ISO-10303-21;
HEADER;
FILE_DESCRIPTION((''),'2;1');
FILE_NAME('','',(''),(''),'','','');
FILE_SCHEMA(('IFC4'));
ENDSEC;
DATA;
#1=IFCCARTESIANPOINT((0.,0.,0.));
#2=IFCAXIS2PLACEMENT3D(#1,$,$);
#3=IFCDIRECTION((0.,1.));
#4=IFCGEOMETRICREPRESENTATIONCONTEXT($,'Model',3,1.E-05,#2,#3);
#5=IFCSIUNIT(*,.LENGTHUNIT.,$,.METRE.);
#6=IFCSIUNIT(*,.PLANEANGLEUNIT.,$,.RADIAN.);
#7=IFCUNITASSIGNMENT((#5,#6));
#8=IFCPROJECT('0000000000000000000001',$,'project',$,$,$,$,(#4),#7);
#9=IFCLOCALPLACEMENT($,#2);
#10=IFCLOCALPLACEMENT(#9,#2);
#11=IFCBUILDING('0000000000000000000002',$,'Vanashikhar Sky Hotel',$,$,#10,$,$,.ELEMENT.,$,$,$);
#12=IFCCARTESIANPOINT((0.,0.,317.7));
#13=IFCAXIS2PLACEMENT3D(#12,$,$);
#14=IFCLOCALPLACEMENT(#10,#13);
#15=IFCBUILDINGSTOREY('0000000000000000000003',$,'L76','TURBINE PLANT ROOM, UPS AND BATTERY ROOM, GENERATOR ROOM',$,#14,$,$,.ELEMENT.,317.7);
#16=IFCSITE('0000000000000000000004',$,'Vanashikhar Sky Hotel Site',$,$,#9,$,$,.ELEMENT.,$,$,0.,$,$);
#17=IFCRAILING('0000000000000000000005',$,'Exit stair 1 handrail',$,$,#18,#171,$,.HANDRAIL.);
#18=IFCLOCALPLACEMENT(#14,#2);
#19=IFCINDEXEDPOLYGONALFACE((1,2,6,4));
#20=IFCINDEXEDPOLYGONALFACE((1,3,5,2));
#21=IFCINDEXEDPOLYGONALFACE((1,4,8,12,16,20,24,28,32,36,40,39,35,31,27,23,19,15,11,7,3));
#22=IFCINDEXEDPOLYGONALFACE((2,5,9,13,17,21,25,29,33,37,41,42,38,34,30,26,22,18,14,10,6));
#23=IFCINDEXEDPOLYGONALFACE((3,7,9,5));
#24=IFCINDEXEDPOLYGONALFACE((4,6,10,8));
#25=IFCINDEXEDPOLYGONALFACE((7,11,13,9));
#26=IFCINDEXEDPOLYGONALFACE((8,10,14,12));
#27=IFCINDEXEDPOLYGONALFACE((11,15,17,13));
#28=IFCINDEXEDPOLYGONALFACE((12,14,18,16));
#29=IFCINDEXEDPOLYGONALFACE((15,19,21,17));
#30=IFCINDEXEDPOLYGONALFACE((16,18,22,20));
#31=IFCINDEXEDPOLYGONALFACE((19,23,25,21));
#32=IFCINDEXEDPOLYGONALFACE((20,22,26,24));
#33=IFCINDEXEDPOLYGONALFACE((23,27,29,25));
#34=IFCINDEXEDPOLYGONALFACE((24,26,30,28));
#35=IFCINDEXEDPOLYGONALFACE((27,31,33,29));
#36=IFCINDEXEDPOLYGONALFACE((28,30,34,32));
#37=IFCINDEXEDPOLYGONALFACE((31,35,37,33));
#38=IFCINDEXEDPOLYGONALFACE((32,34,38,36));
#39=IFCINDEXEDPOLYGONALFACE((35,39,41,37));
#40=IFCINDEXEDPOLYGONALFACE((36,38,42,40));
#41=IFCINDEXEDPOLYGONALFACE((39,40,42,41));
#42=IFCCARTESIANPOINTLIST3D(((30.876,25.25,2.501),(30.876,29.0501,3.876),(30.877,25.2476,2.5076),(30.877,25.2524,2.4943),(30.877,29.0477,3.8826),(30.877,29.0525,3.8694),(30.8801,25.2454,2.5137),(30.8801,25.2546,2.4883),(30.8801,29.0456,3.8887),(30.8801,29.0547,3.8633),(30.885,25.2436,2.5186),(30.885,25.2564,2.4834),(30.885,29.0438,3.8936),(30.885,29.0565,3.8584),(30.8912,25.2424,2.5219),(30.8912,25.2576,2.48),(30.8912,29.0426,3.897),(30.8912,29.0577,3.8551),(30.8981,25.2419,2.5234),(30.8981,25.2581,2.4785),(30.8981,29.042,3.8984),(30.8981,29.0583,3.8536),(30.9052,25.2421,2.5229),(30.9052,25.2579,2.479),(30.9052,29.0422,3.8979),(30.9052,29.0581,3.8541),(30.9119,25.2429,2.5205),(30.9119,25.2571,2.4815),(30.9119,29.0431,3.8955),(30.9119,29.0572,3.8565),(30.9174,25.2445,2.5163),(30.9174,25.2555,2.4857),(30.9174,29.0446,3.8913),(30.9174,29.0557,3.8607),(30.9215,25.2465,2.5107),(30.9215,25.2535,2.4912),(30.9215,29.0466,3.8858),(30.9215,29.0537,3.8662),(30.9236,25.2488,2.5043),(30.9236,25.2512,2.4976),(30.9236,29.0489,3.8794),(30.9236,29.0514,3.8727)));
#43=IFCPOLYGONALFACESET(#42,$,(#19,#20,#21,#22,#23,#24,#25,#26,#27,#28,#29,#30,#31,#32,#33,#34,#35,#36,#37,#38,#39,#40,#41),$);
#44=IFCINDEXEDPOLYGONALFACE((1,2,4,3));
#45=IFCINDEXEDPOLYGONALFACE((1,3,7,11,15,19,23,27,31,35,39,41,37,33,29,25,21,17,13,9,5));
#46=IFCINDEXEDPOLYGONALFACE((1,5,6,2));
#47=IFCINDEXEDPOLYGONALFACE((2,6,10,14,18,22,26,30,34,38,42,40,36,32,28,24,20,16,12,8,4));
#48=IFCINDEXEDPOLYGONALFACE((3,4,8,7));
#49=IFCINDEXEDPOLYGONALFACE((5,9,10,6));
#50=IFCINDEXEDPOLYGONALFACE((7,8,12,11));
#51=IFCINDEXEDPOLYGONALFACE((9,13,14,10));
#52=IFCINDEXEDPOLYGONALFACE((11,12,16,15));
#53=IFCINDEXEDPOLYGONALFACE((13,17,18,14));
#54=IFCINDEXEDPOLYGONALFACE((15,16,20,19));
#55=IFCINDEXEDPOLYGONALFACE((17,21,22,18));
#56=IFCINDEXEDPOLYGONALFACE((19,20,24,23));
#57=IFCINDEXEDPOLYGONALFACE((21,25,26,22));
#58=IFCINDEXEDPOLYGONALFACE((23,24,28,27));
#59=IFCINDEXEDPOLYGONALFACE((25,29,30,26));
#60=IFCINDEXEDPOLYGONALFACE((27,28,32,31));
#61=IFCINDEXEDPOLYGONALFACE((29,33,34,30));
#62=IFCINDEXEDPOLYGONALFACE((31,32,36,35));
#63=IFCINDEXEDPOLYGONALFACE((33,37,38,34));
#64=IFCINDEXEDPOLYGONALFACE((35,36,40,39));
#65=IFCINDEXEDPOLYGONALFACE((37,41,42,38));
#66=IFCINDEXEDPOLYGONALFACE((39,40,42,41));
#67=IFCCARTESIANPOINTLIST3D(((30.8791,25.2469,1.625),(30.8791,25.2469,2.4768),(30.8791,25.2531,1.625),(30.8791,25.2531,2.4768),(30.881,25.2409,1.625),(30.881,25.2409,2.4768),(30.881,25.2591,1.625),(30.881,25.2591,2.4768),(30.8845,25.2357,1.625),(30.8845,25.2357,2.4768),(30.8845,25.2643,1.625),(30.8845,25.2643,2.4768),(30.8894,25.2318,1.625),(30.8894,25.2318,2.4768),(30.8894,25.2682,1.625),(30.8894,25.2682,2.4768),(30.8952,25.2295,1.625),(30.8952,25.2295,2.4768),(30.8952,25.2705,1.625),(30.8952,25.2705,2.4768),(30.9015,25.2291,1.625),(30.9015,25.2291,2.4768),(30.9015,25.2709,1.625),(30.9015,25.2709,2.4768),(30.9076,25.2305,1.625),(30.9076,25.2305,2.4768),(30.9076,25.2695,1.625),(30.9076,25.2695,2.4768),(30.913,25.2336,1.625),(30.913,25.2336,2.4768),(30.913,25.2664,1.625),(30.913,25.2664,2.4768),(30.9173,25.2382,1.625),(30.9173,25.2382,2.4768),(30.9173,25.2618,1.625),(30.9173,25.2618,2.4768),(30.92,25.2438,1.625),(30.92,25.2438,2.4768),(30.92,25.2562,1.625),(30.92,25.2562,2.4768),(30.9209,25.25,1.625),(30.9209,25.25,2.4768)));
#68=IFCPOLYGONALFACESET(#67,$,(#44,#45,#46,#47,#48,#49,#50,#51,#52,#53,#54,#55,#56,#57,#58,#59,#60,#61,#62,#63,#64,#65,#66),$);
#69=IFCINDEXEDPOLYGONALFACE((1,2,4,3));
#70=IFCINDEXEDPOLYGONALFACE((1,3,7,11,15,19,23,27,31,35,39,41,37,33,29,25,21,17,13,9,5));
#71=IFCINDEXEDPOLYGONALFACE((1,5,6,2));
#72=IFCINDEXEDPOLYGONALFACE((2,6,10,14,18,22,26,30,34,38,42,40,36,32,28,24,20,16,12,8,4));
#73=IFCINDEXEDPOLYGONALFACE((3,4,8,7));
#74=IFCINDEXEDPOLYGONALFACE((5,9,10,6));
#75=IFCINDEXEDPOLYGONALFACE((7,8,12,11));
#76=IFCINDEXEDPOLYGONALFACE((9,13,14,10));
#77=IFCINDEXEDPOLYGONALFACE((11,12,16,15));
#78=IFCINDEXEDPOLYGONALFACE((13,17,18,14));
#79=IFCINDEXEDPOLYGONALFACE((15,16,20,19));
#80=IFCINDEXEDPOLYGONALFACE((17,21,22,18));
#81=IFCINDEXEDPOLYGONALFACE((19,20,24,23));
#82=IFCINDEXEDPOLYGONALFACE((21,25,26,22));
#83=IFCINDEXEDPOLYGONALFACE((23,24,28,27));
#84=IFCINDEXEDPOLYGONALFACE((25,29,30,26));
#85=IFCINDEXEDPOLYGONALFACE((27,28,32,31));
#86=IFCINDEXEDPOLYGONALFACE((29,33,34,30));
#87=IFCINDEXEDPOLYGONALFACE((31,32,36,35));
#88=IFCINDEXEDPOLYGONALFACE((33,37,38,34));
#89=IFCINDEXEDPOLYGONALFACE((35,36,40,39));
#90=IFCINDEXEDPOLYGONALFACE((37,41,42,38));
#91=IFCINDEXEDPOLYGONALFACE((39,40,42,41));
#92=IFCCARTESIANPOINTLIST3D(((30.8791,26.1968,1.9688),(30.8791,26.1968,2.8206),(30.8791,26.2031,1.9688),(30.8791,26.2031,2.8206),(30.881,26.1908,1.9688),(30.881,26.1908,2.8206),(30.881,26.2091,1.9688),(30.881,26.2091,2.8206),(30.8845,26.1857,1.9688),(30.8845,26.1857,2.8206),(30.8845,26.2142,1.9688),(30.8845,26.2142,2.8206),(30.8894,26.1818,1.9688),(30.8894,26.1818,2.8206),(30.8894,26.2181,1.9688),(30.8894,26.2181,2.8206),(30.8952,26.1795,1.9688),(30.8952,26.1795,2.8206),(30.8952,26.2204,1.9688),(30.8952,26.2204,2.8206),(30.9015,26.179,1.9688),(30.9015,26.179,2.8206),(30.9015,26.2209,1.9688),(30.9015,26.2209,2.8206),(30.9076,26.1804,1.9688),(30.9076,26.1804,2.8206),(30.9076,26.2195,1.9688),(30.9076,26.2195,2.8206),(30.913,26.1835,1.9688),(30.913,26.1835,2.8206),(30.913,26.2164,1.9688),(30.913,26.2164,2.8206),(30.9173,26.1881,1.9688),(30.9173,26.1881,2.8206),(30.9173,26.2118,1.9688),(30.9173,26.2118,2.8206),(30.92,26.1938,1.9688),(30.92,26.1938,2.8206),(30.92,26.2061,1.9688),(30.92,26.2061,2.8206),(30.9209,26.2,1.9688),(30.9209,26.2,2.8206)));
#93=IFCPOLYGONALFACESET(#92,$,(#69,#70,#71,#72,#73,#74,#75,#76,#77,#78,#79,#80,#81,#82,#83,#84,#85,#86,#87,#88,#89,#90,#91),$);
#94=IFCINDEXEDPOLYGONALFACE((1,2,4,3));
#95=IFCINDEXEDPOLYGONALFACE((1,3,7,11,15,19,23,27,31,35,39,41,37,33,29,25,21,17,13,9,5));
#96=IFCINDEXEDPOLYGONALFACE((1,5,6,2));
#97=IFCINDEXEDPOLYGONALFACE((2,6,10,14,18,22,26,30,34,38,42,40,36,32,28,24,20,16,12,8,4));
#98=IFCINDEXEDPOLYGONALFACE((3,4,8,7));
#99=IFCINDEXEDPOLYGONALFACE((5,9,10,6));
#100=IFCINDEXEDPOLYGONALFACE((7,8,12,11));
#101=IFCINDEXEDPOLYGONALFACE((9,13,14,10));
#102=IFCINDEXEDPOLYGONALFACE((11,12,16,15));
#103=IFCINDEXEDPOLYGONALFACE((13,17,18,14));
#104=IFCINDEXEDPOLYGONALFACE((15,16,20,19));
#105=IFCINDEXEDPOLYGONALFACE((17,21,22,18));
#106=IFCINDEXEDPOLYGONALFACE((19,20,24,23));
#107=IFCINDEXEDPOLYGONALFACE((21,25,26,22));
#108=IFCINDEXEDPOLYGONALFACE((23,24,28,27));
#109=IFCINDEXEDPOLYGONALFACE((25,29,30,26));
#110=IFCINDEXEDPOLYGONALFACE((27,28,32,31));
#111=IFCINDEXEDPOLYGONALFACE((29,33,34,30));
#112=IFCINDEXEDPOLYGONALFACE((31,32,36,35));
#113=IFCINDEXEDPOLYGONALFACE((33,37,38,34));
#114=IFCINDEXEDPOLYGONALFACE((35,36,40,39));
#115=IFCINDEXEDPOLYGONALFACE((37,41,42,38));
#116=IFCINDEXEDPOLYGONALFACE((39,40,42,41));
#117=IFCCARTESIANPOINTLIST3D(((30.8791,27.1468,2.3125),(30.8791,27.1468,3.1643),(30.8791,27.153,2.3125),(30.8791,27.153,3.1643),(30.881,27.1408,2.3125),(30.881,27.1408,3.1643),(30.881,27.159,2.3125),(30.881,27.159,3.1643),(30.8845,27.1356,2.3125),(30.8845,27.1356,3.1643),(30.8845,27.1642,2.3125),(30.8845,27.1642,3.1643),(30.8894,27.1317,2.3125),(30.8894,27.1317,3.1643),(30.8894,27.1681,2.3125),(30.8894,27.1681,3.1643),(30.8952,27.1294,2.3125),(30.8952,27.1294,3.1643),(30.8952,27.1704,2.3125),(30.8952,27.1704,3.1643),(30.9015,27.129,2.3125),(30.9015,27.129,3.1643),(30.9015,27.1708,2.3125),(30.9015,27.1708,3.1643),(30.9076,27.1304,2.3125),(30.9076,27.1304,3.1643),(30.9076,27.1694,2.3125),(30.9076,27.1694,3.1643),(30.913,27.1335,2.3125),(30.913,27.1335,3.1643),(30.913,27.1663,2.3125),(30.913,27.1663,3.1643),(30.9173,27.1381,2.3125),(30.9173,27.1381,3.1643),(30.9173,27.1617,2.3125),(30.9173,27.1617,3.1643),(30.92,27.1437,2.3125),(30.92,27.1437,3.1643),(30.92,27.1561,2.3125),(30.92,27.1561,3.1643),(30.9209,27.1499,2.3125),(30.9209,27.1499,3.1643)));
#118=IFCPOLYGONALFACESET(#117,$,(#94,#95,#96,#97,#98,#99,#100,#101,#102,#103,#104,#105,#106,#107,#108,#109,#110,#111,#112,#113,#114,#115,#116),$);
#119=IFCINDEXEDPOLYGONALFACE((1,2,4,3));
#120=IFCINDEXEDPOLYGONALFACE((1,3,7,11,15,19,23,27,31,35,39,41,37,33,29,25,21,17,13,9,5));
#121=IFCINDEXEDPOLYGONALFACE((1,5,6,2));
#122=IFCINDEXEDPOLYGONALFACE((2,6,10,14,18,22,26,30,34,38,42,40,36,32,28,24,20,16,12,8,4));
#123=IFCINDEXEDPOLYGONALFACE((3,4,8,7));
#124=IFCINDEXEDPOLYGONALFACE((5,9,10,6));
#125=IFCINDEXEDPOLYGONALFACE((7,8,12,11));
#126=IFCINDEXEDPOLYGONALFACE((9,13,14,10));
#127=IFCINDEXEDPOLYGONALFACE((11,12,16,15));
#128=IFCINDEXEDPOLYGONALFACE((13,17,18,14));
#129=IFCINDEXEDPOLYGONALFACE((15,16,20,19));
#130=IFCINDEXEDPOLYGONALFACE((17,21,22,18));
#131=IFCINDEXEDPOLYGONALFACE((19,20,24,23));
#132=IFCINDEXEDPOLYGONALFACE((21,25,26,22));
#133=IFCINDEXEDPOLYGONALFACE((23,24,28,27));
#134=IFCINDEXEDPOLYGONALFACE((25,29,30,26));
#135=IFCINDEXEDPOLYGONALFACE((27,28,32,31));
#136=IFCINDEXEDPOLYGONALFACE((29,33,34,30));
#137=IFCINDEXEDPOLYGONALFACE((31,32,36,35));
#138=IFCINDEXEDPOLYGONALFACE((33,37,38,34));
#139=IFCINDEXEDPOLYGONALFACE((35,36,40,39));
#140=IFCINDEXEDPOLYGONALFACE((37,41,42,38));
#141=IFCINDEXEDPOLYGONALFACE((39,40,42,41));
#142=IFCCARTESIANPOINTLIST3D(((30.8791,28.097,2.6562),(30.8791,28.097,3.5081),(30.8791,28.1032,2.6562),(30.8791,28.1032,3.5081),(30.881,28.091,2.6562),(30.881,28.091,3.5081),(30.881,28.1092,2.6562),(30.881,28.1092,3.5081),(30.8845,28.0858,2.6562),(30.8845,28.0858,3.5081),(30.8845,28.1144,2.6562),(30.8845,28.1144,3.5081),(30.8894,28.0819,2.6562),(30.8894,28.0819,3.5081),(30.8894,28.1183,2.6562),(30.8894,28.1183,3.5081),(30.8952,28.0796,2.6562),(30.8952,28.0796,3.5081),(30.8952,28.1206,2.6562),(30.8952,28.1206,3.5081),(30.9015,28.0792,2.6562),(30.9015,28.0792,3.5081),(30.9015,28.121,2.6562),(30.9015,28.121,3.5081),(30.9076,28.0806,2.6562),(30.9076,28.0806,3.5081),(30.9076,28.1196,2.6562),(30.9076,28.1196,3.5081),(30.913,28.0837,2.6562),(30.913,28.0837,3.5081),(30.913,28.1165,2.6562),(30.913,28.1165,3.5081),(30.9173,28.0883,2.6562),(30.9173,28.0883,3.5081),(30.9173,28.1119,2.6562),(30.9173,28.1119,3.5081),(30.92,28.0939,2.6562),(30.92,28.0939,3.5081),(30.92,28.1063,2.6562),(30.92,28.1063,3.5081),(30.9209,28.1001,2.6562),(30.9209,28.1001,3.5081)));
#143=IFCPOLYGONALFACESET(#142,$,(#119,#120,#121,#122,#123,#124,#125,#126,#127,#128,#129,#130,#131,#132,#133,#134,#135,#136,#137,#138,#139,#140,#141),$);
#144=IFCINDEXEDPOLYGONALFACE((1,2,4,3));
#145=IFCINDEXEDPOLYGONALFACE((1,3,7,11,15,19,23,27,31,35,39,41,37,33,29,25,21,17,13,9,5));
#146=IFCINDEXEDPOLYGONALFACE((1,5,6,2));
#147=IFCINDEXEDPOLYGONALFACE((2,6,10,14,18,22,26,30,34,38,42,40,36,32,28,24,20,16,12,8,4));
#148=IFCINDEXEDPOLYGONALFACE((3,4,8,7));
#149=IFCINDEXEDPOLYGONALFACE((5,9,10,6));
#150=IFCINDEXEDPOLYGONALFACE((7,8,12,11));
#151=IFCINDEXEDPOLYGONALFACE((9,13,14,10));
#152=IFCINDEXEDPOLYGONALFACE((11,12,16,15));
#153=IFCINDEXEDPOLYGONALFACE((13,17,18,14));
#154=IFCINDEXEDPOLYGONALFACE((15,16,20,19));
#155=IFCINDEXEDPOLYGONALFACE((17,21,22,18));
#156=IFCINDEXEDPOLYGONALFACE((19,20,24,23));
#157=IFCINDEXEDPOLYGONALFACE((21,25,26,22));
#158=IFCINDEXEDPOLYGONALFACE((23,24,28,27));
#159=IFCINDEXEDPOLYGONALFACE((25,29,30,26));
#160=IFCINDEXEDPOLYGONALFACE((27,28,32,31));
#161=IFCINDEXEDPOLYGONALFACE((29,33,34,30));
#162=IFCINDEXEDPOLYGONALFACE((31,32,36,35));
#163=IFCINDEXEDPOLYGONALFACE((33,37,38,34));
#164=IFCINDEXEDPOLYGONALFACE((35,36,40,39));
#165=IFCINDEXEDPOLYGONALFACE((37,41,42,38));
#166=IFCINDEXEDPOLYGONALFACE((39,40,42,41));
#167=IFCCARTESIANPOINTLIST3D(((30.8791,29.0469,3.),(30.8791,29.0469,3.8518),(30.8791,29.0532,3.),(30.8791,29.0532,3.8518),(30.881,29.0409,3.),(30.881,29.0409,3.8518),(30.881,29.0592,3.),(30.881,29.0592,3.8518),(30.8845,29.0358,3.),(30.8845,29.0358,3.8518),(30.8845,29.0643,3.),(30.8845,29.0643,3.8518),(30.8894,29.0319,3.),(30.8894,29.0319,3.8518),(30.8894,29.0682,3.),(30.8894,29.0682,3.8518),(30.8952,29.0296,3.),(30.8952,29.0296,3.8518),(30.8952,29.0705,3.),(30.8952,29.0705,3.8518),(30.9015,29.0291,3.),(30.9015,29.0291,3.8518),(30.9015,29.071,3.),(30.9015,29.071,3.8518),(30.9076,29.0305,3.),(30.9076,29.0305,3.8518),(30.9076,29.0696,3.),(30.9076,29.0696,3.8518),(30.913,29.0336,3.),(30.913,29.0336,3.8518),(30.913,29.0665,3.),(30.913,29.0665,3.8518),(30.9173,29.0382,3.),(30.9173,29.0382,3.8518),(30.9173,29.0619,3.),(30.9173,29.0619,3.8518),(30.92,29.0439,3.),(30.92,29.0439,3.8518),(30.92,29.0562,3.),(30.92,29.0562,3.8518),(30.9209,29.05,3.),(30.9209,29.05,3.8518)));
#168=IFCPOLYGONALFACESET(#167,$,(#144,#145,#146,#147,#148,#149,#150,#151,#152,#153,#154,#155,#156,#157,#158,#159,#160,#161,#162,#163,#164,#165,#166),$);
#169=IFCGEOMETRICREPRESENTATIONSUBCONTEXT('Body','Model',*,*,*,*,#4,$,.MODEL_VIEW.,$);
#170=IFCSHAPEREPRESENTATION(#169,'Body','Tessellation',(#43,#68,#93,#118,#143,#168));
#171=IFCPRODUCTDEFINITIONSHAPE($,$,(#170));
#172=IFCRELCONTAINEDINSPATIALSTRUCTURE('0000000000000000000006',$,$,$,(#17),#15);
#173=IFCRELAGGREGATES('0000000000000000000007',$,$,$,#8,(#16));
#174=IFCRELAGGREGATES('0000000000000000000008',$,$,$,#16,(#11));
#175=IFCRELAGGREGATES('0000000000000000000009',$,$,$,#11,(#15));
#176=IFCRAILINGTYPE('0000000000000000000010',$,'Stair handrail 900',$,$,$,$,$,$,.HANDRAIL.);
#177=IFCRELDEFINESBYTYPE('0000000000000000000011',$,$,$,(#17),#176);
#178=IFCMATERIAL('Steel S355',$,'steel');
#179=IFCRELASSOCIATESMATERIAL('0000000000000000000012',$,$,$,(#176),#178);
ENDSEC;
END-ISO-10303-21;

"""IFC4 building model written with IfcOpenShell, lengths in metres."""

from ifc_helpers import new_model, si_unit, direction, frame, origin, origin_2d, place, context, subcontext, project, spatial, circle, extrude, source, transform, mapped, material, type_object, element, save


model = new_model("IFC4")

# Units and contexts
model_context = context("Model", 3, precision=1e-05, world=origin(), true_north=direction((0.0, 1.0)))
body_context = subcontext(model_context, "Body", "Model", "MODEL_VIEW")
ifc_project = project(units=[si_unit("LENGTHUNIT", "METRE"), si_unit("PLANEANGLEUNIT", "RADIAN")], contexts=[model_context])

# Site, building, storey
site_placement = place(None, origin())
site = spatial("IfcSite", under=ifc_project, at=site_placement, Name="Vanashikhar Sky Hotel Site", CompositionType="ELEMENT", RefElevation=0.0)
building_placement = place(site_placement, origin())
building = spatial("IfcBuilding", under=site, at=building_placement, Name="Vanashikhar Sky Hotel", CompositionType="ELEMENT")
storey_placement = place(building_placement, frame((0.0, 0.0, 317.7)))
storey = spatial("IfcBuildingStorey", under=building, at=storey_placement, Name="L76", Description="TURBINE PLANT ROOM, UPS AND BATTERY ROOM, GENERATOR ROOM", CompositionType="ELEMENT", Elevation=317.7)

# Railing
ifc_material_1 = material(Name="Steel S355", Category="steel")
railing_type_1 = type_object("IfcRailingType", Name="Stair handrail 900", PredefinedType="HANDRAIL", material=ifc_material_1)
shared_shape_1 = source(origin(), body_context, "Body", "SweptSolid", [
    extrude(circle(Radius=0.0239, at=origin_2d()), frame((0.0, 0.0, 0.876), z_axis=(0.0, 0.940336, 0.340249), x_axis=(-1.0, 0.0, 0.0)), (0.0, 0.0, 1.0), 4.0413),
    extrude(circle(Radius=0.021, at=origin_2d()), origin(), (0.0, 0.0, 1.0), 0.8518),
    extrude(circle(Radius=0.021, at=origin_2d()), frame((0.0, 0.95, 0.3438)), (0.0, 0.0, 1.0), 0.8518),
    extrude(circle(Radius=0.021, at=origin_2d()), frame((0.0, 1.8999, 0.6875)), (0.0, 0.0, 1.0), 0.8518),
    extrude(circle(Radius=0.021, at=origin_2d()), frame((0.0, 2.8501, 1.0312)), (0.0, 0.0, 1.0), 0.8518),
    extrude(circle(Radius=0.021, at=origin_2d()), frame((0.0, 3.8, 1.375)), (0.0, 0.0, 1.0), 0.8518),
])
railing_placement = place(storey_placement, frame((30.8999, 25.25, 1.625)))
element("IfcRailing", 1, at=railing_placement, inside=storey, type_object=railing_type_1, Name="Exit stair 1 handrail", PredefinedType="HANDRAIL", context=body_context, shape_type="MappedRepresentation", body=[
    mapped(shared_shape_1, transform((0.0, 0.0, 0.0), scale=1.0)),
])

save(model, "model.ifc")
